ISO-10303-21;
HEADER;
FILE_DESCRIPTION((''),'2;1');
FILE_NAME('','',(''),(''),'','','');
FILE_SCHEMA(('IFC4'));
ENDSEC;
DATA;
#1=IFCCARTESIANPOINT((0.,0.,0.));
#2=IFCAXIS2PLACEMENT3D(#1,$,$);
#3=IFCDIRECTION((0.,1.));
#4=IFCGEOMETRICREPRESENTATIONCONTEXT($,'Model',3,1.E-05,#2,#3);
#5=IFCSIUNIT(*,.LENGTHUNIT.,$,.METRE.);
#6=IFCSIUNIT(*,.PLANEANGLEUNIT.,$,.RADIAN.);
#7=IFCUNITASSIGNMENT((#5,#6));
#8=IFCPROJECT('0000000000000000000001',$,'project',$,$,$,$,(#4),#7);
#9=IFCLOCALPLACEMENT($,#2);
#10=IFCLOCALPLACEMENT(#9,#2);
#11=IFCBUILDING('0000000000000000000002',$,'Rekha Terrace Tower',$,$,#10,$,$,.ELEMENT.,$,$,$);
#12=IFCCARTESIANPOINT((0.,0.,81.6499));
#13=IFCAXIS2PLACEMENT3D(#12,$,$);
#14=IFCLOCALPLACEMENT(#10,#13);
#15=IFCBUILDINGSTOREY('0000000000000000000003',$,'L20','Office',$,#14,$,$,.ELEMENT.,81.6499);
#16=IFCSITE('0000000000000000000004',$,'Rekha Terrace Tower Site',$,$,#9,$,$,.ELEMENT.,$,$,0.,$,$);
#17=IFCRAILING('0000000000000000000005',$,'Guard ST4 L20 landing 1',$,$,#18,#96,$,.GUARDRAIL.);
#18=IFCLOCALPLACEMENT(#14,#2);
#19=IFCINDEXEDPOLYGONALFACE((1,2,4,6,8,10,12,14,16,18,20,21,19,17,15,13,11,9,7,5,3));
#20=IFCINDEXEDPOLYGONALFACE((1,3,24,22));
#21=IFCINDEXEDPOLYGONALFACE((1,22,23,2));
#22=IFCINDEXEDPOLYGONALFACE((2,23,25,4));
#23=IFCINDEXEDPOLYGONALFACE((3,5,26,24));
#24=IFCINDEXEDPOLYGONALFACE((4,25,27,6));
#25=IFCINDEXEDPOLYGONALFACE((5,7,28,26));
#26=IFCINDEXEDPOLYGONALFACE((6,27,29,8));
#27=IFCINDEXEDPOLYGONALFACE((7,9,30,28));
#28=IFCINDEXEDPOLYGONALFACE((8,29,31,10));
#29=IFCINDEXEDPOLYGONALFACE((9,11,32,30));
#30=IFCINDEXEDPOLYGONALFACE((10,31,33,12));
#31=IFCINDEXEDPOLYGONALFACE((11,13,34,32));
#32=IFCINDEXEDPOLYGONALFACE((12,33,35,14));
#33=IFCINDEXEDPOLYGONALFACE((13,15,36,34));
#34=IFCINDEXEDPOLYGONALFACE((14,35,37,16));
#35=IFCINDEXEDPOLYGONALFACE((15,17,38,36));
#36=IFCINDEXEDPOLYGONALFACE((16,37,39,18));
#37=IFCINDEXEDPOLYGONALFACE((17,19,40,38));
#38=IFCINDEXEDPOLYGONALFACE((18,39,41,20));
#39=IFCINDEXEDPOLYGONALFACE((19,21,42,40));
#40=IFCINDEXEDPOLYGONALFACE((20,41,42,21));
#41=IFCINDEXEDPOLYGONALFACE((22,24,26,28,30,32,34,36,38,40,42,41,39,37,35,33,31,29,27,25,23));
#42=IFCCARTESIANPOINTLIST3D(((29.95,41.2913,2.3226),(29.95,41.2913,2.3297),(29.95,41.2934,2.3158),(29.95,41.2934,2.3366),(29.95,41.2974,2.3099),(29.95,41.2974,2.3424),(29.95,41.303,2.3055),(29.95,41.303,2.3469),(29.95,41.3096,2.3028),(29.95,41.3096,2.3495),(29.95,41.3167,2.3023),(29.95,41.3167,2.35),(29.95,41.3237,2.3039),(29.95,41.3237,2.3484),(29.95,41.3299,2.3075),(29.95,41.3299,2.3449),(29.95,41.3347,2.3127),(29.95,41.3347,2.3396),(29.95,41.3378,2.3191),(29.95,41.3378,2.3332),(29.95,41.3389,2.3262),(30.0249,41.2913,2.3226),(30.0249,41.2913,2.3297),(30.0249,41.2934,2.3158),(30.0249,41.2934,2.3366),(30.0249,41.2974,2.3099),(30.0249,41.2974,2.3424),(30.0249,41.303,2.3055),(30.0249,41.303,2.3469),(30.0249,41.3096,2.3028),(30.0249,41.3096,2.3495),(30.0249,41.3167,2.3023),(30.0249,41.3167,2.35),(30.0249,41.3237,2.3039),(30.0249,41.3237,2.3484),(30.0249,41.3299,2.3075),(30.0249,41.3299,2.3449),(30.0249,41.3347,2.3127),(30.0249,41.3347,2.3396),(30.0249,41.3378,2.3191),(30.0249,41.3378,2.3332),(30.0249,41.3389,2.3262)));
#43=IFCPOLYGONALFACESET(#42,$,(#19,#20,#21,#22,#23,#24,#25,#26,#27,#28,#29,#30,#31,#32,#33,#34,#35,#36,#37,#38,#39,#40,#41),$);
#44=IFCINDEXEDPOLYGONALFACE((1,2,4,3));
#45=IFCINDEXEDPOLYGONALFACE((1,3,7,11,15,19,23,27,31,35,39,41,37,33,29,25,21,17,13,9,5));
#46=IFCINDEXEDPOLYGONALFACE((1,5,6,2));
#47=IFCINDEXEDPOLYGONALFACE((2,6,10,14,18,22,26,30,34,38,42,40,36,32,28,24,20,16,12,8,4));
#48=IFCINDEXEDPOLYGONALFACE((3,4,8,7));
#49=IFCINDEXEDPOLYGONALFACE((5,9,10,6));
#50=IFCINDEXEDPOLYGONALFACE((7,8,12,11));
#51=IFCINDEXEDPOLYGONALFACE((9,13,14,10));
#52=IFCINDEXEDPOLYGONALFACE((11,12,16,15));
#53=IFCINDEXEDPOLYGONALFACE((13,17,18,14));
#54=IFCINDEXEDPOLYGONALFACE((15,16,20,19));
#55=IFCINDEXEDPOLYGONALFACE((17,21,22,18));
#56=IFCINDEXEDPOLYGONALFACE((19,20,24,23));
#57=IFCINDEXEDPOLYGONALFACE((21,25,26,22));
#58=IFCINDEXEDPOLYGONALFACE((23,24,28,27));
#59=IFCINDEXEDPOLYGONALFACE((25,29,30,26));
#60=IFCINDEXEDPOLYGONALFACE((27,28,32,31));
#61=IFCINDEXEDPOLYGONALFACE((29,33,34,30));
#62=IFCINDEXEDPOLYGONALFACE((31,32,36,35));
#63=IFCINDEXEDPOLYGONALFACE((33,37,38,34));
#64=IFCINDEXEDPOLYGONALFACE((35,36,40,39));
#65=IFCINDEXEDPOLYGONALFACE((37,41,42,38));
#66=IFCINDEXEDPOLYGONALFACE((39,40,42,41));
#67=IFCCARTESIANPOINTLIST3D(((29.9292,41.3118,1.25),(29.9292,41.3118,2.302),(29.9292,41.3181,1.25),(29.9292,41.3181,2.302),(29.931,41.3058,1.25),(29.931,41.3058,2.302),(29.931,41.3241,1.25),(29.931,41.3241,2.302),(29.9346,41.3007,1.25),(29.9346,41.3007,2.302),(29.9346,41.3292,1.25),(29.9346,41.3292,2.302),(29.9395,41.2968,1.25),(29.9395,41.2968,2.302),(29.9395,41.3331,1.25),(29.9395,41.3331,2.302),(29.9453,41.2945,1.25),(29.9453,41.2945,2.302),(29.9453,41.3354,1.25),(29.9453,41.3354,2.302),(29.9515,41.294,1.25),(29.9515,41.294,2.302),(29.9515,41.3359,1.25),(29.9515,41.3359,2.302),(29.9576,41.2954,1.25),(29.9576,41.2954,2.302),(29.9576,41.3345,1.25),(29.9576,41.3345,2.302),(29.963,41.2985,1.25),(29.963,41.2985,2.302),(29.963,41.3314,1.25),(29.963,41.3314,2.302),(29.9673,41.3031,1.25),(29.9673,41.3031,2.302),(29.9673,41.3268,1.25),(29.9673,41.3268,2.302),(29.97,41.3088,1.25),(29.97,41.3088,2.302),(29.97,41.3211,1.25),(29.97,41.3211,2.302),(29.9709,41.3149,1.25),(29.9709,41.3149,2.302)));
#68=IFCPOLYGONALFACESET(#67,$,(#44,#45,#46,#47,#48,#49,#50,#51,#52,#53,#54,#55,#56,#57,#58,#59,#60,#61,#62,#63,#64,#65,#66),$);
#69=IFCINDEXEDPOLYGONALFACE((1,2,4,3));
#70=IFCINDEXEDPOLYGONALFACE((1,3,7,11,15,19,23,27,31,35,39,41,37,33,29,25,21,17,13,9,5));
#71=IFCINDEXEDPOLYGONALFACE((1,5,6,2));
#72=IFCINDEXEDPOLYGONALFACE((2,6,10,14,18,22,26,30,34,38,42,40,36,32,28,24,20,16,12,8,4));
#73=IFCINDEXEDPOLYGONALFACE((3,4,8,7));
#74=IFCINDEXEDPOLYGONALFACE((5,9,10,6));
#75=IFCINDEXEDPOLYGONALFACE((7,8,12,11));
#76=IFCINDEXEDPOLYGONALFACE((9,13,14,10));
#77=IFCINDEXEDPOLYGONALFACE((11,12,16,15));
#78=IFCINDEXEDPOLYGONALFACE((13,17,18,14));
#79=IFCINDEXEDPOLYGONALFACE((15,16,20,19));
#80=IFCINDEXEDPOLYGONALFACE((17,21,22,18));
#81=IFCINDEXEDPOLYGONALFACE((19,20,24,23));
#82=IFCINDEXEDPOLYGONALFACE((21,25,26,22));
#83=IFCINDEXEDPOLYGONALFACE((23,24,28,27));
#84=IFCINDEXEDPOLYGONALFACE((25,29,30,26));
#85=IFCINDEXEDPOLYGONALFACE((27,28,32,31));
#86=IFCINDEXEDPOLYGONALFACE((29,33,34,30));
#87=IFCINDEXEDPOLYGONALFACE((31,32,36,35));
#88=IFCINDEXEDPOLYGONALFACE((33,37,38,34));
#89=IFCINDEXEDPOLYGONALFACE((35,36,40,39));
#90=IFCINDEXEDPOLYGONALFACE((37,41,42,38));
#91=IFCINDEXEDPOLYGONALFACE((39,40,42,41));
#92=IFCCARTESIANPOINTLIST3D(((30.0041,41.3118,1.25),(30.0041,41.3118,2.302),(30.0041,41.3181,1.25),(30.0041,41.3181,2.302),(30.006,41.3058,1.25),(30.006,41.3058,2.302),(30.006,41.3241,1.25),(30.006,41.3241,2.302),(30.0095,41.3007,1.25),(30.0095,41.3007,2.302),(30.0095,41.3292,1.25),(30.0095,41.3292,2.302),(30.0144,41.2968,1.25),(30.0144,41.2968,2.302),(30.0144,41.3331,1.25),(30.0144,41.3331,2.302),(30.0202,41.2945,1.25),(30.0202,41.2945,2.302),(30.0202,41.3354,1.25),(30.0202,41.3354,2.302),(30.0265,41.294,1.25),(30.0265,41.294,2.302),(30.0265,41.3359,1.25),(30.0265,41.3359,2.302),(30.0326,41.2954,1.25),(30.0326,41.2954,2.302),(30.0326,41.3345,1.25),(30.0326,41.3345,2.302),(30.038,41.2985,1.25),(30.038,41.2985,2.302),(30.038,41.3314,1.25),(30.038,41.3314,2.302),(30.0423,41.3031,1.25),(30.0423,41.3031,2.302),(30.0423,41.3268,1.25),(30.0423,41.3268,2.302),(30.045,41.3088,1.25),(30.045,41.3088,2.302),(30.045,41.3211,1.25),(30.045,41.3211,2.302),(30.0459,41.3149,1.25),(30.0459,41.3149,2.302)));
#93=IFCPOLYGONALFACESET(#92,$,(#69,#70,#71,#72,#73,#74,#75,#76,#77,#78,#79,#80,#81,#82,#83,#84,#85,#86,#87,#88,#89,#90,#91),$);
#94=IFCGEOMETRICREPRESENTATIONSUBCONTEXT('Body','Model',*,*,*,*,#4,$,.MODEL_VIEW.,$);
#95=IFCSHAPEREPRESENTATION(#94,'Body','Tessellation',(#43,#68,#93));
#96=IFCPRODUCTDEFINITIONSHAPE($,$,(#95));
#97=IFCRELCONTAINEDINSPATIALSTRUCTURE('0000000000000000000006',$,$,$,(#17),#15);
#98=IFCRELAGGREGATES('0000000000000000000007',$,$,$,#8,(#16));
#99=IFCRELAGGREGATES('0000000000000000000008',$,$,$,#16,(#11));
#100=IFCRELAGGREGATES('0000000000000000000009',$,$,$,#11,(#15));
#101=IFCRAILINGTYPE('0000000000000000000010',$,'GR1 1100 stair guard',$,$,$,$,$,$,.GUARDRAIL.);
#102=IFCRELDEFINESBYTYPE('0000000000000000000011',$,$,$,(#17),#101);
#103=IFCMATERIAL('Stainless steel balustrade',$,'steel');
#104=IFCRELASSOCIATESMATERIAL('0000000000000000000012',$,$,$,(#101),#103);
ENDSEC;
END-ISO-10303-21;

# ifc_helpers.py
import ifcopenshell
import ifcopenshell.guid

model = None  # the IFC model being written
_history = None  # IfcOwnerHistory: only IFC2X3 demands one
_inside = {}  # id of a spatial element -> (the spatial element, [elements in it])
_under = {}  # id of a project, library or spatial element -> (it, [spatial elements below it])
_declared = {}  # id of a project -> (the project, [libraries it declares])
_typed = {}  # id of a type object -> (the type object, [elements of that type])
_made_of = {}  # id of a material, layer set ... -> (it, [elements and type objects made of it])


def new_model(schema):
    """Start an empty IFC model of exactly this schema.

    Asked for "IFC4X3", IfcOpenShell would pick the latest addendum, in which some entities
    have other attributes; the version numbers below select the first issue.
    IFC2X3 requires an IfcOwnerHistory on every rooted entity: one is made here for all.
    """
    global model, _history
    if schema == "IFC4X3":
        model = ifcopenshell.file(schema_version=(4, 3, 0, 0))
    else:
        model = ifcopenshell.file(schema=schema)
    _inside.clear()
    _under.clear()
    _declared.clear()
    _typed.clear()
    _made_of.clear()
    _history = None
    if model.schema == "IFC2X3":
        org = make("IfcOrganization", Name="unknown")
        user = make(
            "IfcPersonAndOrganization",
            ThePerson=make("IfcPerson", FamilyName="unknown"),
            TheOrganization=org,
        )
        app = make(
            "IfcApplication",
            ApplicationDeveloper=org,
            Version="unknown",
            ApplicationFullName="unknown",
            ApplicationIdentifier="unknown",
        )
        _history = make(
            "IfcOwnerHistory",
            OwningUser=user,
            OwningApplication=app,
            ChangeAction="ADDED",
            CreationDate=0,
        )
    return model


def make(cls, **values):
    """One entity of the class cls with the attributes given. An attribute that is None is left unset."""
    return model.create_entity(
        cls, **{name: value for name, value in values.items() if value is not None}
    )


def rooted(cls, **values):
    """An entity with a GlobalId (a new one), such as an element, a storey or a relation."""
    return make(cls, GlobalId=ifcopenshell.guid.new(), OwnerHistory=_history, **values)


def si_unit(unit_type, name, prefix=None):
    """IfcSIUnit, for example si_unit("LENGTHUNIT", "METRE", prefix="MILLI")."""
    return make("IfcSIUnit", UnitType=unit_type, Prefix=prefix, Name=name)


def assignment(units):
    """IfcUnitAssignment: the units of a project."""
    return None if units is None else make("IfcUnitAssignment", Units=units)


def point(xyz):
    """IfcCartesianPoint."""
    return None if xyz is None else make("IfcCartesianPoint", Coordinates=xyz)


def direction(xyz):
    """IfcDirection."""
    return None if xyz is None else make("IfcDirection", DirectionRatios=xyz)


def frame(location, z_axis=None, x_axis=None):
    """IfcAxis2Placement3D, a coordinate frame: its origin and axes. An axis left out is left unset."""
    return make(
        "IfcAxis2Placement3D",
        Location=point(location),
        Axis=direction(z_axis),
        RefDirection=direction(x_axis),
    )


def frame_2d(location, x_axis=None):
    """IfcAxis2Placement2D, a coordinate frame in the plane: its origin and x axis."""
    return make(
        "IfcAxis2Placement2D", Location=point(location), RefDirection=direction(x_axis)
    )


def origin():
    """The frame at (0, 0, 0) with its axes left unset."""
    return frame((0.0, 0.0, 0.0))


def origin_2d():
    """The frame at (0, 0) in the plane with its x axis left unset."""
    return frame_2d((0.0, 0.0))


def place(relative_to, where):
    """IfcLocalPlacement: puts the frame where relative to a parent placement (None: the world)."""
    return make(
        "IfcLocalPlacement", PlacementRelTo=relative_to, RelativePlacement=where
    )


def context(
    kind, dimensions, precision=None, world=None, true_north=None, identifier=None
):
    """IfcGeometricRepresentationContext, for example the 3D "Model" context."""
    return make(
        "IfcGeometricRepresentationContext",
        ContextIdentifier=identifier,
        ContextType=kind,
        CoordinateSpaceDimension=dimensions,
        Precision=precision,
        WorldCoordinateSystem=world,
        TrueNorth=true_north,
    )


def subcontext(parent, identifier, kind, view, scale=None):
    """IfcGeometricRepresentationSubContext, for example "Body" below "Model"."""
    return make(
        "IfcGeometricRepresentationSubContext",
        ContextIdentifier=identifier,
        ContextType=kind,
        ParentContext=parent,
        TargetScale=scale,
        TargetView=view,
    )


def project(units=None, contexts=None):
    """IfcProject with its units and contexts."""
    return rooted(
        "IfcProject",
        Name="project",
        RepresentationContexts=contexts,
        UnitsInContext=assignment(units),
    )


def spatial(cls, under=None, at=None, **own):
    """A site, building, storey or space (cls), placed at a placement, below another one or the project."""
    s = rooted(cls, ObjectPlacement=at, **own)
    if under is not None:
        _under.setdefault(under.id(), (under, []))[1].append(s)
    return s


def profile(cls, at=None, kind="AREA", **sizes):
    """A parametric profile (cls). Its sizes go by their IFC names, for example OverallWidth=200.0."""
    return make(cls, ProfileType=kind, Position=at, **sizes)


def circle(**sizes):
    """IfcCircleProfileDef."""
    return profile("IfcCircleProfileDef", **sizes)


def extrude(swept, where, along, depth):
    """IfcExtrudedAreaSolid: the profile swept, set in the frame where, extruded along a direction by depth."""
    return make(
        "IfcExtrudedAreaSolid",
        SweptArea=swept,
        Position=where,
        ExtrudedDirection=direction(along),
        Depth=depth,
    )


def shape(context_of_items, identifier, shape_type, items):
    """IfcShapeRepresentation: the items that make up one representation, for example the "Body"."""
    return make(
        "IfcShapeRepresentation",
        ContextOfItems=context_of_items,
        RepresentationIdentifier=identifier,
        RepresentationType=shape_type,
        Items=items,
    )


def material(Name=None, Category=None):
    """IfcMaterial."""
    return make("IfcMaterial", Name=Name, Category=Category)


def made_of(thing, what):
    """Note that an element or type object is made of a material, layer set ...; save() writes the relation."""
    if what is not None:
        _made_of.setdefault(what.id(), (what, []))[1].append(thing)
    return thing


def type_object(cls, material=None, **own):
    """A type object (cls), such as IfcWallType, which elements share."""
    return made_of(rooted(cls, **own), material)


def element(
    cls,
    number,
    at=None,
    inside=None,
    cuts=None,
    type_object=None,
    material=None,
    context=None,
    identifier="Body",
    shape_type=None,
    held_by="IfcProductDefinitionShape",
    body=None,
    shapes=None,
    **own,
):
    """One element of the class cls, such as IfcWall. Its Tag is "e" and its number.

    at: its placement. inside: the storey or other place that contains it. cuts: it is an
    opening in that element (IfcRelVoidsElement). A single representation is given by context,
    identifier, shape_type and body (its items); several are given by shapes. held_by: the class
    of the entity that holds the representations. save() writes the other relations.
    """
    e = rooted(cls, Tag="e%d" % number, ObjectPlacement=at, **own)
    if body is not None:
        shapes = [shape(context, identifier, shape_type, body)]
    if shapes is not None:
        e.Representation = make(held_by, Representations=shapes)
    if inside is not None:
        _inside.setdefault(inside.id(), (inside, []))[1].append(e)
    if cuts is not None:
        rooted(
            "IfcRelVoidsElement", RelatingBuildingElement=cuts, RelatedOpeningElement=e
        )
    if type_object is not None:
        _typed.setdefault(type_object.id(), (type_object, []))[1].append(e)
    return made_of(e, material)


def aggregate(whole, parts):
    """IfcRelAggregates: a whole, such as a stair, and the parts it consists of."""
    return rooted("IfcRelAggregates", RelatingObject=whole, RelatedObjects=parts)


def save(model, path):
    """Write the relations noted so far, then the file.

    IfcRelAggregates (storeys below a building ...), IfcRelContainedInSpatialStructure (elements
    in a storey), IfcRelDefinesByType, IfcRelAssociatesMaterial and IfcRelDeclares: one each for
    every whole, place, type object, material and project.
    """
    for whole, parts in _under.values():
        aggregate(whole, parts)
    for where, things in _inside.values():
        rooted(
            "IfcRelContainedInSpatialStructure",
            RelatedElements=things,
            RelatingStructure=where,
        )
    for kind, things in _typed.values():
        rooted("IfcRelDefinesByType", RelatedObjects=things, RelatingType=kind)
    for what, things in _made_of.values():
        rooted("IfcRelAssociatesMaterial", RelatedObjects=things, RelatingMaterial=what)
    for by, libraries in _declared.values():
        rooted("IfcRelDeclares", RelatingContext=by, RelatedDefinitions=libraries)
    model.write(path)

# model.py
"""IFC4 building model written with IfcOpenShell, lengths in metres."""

from ifc_helpers import new_model, si_unit, direction, frame, origin, origin_2d, place, context, subcontext, project, spatial, circle, extrude, material, type_object, element, save


model = new_model("IFC4")

# Units and contexts
model_context = context("Model", 3, precision=1e-05, world=origin(), true_north=direction((0.0, 1.0)))
body_context = subcontext(model_context, "Body", "Model", "MODEL_VIEW")
ifc_project = project(units=[si_unit("LENGTHUNIT", "METRE"), si_unit("PLANEANGLEUNIT", "RADIAN")], contexts=[model_context])

# Site, building, storey
site_placement = place(None, origin())
site = spatial("IfcSite", under=ifc_project, at=site_placement, Name="Rekha Terrace Tower Site", CompositionType="ELEMENT", RefElevation=0.0)
building_placement = place(site_placement, origin())
building = spatial("IfcBuilding", under=site, at=building_placement, Name="Rekha Terrace Tower", CompositionType="ELEMENT")
storey_placement = place(building_placement, frame((0.0, 0.0, 81.6499)))
storey = spatial("IfcBuildingStorey", under=building, at=storey_placement, Name="L20", Description="Office", CompositionType="ELEMENT", Elevation=81.6499)

# Railing
ifc_material_1 = material(Name="Stainless steel balustrade", Category="steel")
railing_type_1 = type_object("IfcRailingType", Name="GR1 1100 stair guard", PredefinedType="GUARDRAIL", material=ifc_material_1)
railing_1_placement = place(storey_placement, frame((29.95, 41.3149, 1.25)))
element("IfcRailing", 1, at=railing_1_placement, inside=storey, type_object=railing_type_1, Name="Guard ST4 L20 landing 1", PredefinedType="GUARDRAIL", context=body_context, shape_type="SweptSolid", body=[
    extrude(circle(Radius=0.0239, at=origin_2d()), frame((0.0, 0.0, 1.0762), z_axis=(1.0, 0.0, 0.0), x_axis=(0.0, 1.0, 0.0)), (0.0, 0.0, 1.0), 0.075),
    extrude(circle(Radius=0.021, at=origin_2d()), origin(), (0.0, 0.0, 1.0), 1.052),
    extrude(circle(Radius=0.021, at=origin_2d()), frame((0.075, 0.0, 0.0)), (0.0, 0.0, 1.0), 1.052),
])

save(model, "model.ifc")
